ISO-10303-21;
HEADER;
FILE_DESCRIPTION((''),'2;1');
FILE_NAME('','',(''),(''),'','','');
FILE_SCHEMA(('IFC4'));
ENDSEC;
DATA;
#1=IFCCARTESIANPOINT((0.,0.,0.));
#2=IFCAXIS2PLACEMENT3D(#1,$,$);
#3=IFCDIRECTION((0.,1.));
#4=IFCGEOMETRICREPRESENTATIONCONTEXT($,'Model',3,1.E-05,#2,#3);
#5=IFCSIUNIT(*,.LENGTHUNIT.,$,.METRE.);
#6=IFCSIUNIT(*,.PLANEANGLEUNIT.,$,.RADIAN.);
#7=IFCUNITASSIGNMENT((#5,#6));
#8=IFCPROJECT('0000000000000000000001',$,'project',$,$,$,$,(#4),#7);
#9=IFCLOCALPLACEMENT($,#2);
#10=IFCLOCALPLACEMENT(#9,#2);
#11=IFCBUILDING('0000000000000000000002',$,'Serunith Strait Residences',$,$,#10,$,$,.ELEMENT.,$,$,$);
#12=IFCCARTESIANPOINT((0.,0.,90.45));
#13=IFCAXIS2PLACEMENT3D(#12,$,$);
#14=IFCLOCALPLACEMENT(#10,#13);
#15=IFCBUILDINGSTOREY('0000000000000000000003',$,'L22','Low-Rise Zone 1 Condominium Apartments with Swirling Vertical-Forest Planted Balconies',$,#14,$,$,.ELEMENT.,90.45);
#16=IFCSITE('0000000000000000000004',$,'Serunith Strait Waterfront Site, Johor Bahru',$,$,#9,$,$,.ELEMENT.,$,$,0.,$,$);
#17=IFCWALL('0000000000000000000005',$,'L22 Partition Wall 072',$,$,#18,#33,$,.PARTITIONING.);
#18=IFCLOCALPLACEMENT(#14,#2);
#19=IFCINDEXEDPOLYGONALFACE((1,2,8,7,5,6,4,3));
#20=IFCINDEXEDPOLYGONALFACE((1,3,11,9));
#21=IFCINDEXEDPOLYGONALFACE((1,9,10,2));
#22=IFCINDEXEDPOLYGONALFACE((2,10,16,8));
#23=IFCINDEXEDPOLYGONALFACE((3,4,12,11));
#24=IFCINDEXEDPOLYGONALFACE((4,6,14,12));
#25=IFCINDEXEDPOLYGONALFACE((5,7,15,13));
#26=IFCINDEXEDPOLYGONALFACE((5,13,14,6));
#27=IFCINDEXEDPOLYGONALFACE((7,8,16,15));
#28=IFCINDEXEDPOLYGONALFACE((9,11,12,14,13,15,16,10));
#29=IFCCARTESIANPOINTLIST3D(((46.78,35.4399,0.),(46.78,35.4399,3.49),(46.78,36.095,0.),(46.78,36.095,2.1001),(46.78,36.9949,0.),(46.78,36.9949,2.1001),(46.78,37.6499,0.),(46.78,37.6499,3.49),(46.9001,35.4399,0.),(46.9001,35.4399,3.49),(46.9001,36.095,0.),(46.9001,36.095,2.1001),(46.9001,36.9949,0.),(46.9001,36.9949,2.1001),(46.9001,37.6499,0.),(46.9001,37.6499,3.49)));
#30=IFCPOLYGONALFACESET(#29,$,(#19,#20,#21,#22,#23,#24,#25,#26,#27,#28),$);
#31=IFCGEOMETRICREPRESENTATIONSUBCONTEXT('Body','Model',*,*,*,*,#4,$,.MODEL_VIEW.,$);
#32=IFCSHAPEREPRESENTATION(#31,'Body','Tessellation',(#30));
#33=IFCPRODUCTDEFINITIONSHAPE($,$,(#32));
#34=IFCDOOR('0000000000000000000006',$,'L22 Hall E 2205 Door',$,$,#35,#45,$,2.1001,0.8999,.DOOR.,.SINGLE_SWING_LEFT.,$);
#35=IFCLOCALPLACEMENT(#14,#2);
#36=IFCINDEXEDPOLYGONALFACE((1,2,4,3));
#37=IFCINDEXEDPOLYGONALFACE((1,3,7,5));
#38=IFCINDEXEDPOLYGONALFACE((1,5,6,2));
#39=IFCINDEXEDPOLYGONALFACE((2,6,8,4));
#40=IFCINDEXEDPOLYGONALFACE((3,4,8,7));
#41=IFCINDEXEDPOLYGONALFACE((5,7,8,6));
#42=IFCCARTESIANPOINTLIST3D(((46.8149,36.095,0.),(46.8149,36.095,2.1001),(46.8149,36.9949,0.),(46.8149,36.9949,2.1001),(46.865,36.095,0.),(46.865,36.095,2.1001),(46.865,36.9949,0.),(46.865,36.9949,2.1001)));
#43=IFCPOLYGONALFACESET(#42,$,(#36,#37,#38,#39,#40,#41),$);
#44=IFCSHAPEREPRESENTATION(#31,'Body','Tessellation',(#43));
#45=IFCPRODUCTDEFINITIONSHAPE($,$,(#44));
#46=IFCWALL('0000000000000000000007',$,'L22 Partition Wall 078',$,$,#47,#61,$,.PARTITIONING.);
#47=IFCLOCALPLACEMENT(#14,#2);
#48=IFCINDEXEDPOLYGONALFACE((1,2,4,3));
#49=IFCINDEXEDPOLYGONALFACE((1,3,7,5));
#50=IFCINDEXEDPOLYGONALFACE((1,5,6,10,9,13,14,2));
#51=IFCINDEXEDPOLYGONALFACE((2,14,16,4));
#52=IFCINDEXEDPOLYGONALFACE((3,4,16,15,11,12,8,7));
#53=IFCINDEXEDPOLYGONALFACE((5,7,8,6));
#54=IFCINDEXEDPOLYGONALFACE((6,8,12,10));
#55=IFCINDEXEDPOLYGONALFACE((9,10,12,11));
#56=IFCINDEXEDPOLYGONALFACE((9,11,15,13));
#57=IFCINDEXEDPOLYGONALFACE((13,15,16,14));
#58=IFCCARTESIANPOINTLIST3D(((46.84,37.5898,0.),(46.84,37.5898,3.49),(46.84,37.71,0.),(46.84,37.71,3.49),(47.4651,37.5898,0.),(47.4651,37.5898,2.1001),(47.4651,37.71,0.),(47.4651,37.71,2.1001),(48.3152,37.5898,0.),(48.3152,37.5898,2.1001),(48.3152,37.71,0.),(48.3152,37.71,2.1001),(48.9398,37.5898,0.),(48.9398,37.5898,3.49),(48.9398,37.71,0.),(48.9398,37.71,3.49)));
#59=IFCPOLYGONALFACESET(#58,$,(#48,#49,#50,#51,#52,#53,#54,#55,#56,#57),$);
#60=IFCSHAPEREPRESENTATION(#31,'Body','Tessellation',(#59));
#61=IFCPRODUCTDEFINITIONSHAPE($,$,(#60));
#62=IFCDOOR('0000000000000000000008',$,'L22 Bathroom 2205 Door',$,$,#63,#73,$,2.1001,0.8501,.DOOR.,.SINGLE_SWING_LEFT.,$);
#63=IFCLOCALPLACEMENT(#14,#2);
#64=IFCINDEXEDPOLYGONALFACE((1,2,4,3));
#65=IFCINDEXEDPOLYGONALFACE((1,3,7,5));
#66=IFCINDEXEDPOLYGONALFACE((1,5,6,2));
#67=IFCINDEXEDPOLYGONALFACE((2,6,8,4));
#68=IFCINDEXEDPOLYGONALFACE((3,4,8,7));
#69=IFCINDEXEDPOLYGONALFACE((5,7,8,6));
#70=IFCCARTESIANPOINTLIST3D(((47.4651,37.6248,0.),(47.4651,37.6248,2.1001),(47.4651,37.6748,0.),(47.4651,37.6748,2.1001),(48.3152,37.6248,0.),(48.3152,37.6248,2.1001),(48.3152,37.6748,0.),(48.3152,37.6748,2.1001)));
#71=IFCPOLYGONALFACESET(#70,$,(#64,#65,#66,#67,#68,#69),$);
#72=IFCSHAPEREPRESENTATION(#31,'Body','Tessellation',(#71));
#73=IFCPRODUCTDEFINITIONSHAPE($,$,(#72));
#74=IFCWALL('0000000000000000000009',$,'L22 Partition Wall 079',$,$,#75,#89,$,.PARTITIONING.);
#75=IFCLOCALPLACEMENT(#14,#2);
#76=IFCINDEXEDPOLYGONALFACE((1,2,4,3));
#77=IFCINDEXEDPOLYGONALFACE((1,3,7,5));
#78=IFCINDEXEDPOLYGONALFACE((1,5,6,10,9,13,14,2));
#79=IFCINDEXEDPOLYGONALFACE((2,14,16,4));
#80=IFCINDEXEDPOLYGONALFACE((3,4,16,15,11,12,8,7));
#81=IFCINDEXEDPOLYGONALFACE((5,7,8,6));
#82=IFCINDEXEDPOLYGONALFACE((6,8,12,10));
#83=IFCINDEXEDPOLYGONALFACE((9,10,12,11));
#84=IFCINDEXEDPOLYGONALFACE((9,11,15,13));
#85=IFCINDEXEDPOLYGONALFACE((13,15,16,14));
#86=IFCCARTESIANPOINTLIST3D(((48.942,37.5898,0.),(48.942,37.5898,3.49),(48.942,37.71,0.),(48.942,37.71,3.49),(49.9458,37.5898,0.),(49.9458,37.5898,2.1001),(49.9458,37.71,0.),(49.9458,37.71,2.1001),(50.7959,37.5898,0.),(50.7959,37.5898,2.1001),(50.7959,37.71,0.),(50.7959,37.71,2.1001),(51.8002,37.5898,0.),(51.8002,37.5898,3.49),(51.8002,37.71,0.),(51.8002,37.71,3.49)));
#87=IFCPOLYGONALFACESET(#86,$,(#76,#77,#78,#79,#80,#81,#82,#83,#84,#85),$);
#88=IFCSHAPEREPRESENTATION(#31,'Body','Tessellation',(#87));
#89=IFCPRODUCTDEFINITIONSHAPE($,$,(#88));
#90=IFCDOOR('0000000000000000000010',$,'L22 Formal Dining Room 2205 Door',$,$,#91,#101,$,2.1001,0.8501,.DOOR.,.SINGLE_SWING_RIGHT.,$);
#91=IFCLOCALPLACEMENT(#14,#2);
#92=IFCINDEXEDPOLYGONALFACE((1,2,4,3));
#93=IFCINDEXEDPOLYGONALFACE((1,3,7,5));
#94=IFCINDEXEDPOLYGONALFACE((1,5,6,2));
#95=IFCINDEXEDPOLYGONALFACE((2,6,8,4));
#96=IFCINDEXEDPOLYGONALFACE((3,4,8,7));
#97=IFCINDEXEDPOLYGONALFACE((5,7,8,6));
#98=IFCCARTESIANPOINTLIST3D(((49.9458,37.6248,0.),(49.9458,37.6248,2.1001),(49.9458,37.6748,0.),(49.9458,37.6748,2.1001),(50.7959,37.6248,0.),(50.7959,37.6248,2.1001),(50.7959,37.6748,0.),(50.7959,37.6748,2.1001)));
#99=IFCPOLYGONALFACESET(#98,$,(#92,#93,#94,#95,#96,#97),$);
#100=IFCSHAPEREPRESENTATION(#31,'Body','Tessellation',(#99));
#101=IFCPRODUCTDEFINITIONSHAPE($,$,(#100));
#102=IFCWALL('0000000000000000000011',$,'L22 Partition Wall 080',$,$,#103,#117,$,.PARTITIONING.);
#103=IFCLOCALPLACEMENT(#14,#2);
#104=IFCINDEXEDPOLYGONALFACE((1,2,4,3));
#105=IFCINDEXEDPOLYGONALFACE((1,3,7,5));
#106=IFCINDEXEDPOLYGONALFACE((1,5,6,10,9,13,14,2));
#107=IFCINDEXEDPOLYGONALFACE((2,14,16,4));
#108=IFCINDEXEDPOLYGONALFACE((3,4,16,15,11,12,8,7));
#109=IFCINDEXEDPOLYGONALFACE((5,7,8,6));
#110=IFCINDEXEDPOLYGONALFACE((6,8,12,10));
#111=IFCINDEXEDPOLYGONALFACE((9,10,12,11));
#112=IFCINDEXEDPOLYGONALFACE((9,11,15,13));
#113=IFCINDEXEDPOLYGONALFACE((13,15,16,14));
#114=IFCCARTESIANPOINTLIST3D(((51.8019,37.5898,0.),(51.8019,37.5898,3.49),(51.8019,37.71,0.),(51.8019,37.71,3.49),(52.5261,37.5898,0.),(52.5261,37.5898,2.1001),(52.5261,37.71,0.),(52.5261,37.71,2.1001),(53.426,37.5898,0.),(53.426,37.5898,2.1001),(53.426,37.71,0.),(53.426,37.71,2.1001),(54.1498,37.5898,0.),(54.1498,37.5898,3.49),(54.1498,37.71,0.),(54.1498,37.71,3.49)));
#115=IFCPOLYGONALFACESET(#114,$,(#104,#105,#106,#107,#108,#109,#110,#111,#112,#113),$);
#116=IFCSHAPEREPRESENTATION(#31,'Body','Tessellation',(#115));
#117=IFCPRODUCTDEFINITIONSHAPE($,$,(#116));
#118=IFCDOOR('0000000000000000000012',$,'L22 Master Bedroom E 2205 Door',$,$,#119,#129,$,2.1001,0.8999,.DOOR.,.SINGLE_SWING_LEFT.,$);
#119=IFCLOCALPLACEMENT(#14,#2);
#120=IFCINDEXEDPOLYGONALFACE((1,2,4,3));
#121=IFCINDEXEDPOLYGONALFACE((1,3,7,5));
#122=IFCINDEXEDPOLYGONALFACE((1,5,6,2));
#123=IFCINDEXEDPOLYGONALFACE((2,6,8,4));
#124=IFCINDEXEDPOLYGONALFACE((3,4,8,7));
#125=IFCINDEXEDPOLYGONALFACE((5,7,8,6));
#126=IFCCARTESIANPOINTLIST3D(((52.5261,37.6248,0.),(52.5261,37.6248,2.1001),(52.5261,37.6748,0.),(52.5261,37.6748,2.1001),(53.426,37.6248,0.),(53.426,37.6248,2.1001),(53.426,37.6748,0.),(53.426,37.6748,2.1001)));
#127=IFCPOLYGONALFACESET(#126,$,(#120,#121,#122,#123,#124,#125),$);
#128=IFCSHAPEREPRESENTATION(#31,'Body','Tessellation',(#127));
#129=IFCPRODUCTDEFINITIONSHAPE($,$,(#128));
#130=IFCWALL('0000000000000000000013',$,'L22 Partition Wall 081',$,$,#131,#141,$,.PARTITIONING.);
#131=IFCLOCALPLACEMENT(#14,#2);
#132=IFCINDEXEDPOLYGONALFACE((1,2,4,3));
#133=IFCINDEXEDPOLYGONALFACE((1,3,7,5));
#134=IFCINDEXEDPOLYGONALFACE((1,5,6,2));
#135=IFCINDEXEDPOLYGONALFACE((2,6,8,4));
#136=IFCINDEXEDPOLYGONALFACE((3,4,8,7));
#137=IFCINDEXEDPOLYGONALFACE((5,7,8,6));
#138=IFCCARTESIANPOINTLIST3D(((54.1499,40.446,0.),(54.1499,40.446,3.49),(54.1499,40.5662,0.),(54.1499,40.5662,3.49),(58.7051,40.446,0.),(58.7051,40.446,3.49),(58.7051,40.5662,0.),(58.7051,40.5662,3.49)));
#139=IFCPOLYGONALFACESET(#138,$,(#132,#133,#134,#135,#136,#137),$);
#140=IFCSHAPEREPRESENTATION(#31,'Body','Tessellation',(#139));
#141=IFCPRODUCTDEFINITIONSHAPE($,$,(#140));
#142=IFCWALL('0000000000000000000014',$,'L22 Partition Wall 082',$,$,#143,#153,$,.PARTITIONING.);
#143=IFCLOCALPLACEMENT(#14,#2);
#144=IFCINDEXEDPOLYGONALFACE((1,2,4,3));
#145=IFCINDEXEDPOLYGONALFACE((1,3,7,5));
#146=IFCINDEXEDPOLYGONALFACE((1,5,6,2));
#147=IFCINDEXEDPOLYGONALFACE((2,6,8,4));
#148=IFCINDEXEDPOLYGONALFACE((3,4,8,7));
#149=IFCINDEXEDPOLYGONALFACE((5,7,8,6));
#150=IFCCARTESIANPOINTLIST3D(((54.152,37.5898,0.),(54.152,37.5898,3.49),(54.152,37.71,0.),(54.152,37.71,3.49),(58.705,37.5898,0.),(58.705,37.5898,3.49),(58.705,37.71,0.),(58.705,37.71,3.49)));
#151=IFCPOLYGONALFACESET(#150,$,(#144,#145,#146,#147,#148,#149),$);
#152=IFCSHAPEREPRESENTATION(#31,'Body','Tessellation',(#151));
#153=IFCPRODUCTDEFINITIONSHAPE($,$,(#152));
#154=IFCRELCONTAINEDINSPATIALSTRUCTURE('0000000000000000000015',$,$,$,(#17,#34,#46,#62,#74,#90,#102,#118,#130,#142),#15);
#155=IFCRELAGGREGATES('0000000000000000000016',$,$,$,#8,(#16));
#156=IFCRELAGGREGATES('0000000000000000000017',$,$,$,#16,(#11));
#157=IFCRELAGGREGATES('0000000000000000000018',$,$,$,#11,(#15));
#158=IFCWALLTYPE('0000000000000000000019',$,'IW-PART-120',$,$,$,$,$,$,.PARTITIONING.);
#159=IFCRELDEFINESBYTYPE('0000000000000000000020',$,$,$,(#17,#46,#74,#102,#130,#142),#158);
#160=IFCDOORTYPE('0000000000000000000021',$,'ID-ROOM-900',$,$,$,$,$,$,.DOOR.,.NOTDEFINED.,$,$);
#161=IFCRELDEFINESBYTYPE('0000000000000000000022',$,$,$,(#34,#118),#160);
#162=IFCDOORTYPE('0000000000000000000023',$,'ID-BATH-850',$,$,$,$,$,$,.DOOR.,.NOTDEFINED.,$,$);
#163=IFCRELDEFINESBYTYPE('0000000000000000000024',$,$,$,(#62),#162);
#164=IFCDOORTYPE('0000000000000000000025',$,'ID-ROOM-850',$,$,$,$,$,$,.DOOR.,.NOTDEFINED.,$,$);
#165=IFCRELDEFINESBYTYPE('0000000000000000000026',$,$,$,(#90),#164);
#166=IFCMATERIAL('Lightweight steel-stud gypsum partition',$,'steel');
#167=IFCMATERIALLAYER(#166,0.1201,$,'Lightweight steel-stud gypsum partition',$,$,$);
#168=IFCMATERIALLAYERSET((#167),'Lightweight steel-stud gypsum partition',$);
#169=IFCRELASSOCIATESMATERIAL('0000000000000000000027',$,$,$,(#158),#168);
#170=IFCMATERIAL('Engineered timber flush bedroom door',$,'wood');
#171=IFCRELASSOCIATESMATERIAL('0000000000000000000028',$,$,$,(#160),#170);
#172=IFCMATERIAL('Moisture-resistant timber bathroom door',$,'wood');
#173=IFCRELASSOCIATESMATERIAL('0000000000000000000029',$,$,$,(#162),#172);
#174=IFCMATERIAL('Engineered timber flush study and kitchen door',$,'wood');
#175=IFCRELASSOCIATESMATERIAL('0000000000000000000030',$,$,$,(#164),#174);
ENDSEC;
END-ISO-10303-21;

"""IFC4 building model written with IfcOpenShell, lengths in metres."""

from ifc_helpers import new_model, si_unit, direction, frame, frame_2d, origin, place, context, subcontext, project, spatial, rectangle, extrude, source, transform, mapped, material, layer, layer_set, type_object, element, fill, save


model = new_model("IFC4")

# Units and contexts
model_context = context("Model", 3, precision=1e-05, world=origin(), true_north=direction((0.0, 1.0)))
body_context = subcontext(model_context, "Body", "Model", "MODEL_VIEW")
ifc_project = project(units=[si_unit("LENGTHUNIT", "METRE"), si_unit("PLANEANGLEUNIT", "RADIAN")], contexts=[model_context])

# Site, building, storey
site_placement = place(None, origin())
site = spatial("IfcSite", under=ifc_project, at=site_placement, Name="Serunith Strait Waterfront Site, Johor Bahru", CompositionType="ELEMENT", RefElevation=0.0)
building_placement = place(site_placement, origin())
building = spatial("IfcBuilding", under=site, at=building_placement, Name="Serunith Strait Residences", CompositionType="ELEMENT")
storey_placement = place(building_placement, frame((0.0, 0.0, 90.45)))
storey = spatial("IfcBuildingStorey", under=building, at=storey_placement, Name="L22", Description="Low-Rise Zone 1 Condominium Apartments with Swirling Vertical-Forest Planted Balconies", CompositionType="ELEMENT", Elevation=90.45)

# Walls, openings, doors
ifc_material_1 = material(Name="Lightweight steel-stud gypsum partition", Category="steel")
ifc_layer_1 = layer(ifc_material_1, 0.1201, Name="Lightweight steel-stud gypsum partition")
ifc_layer_set_1 = layer_set([ifc_layer_1], Name="Lightweight steel-stud gypsum partition")
wall_type = type_object("IfcWallType", Name="IW-PART-120", PredefinedType="PARTITIONING", material=ifc_layer_set_1)
wall_1_placement = place(storey_placement, frame((46.8401, 37.6499, 0.0), z_axis=(0.0, 0.0, 1.0), x_axis=(0.0, -1.0, 0.0)))
wall_1 = element("IfcWall", 1, at=wall_1_placement, inside=storey, type_object=wall_type, Name="L22 Partition Wall 072", PredefinedType="PARTITIONING", context=body_context, shape_type="SweptSolid", body=[
    extrude(rectangle(XDim=2.21, YDim=0.1201, at=frame_2d((1.105, 0.0))), origin(), (0.0, 0.0, 1.0), 3.49),
])
opening_1_placement = place(wall_1_placement, frame((0.655, 0.0, 0.0)))
opening_1 = element("IfcOpeningElement", 2, at=opening_1_placement, cuts=wall_1, PredefinedType="OPENING", context=body_context, shape_type="SweptSolid", body=[
    extrude(rectangle(XDim=0.8999, YDim=2.1001, at=frame_2d((0.45, 1.05))), frame((0.0, 0.0701, 0.0), z_axis=(0.0, -1.0, 0.0), x_axis=(1.0, 0.0, 0.0)), (0.0, 0.0, 1.0), 0.1401),
])
ifc_material_2 = material(Name="Engineered timber flush bedroom door", Category="wood")
door_type_1 = type_object("IfcDoorType", Name="ID-ROOM-900", OperationType="NOTDEFINED", PredefinedType="DOOR", material=ifc_material_2)
shared_shape_1 = source(origin(), body_context, "Body", "SweptSolid", [
    extrude(rectangle(XDim=0.8999, YDim=2.1001, at=frame_2d((0.45, 1.05))), frame((0.0, 0.0249, 0.0), z_axis=(0.0, -1.0, 0.0), x_axis=(1.0, 0.0, 0.0)), (0.0, 0.0, 1.0), 0.05),
])
door_1_placement = place(opening_1_placement, origin())
door_1 = element("IfcDoor", 3, at=door_1_placement, inside=storey, type_object=door_type_1, Name="L22 Hall E 2205 Door", OperationType="SINGLE_SWING_LEFT", OverallHeight=2.1001, OverallWidth=0.8999, PredefinedType="DOOR", context=body_context, shape_type="MappedRepresentation", body=[
    mapped(shared_shape_1, transform((0.0, 0.0, 0.0), scale=1.0)),
])
fill(opening_1, door_1)
wall_2_placement = place(storey_placement, frame((46.8401, 37.6499, 0.0), z_axis=(0.0, 0.0, 1.0), x_axis=(1.0, 0.0, 0.0)))
wall_2 = element("IfcWall", 4, at=wall_2_placement, inside=storey, type_object=wall_type, Name="L22 Partition Wall 078", PredefinedType="PARTITIONING", context=body_context, shape_type="SweptSolid", body=[
    extrude(rectangle(XDim=2.0999, YDim=0.1201, at=frame_2d((1.0498, 0.0))), origin(), (0.0, 0.0, 1.0), 3.49),
])
opening_2_placement = place(wall_2_placement, frame((0.625, 0.0, 0.0)))
opening_2 = element("IfcOpeningElement", 5, at=opening_2_placement, cuts=wall_2, PredefinedType="OPENING", context=body_context, shape_type="SweptSolid", body=[
    extrude(rectangle(XDim=0.8501, YDim=2.1001, at=frame_2d((0.425, 1.05))), frame((0.0, 0.0701, 0.0), z_axis=(0.0, -1.0, 0.0), x_axis=(1.0, 0.0, 0.0)), (0.0, 0.0, 1.0), 0.1401),
])
ifc_material_3 = material(Name="Moisture-resistant timber bathroom door", Category="wood")
door_type_2 = type_object("IfcDoorType", Name="ID-BATH-850", OperationType="NOTDEFINED", PredefinedType="DOOR", material=ifc_material_3)
shared_shape_2 = source(origin(), body_context, "Body", "SweptSolid", [
    extrude(rectangle(XDim=0.8501, YDim=2.1001, at=frame_2d((0.425, 1.05))), frame((0.0, 0.0249, 0.0), z_axis=(0.0, -1.0, 0.0), x_axis=(1.0, 0.0, 0.0)), (0.0, 0.0, 1.0), 0.05),
])
door_2_placement = place(opening_2_placement, origin())
door_2 = element("IfcDoor", 6, at=door_2_placement, inside=storey, type_object=door_type_2, Name="L22 Bathroom 2205 Door", OperationType="SINGLE_SWING_LEFT", OverallHeight=2.1001, OverallWidth=0.8501, PredefinedType="DOOR", context=body_context, shape_type="MappedRepresentation", body=[
    mapped(shared_shape_2, transform((0.0, 0.0, 0.0), scale=1.0)),
])
fill(opening_2, door_2)
wall_3_placement = place(storey_placement, frame((48.9419, 37.6499, 0.0), z_axis=(0.0, 0.0, 1.0), x_axis=(1.0, 0.0, 0.0)))
wall_3 = element("IfcWall", 7, at=wall_3_placement, inside=storey, type_object=wall_type, Name="L22 Partition Wall 079", PredefinedType="PARTITIONING", context=body_context, shape_type="SweptSolid", body=[
    extrude(rectangle(XDim=2.8582, YDim=0.1201, at=frame_2d((1.4292, 0.0))), origin(), (0.0, 0.0, 1.0), 3.49),
])
opening_3_placement = place(wall_3_placement, frame((1.0039, 0.0, 0.0)))
opening_3 = element("IfcOpeningElement", 8, at=opening_3_placement, cuts=wall_3, PredefinedType="OPENING", context=body_context, shape_type="SweptSolid", body=[
    extrude(rectangle(XDim=0.8501, YDim=2.1001, at=frame_2d((0.425, 1.05))), frame((0.0, 0.0701, 0.0), z_axis=(0.0, -1.0, 0.0), x_axis=(1.0, 0.0, 0.0)), (0.0, 0.0, 1.0), 0.1401),
])
ifc_material_4 = material(Name="Engineered timber flush study and kitchen door", Category="wood")
door_type_3 = type_object("IfcDoorType", Name="ID-ROOM-850", OperationType="NOTDEFINED", PredefinedType="DOOR", material=ifc_material_4)
door_3_placement = place(opening_3_placement, origin())
door_3 = element("IfcDoor", 9, at=door_3_placement, inside=storey, type_object=door_type_3, Name="L22 Formal Dining Room 2205 Door", OperationType="SINGLE_SWING_RIGHT", OverallHeight=2.1001, OverallWidth=0.8501, PredefinedType="DOOR", context=body_context, shape_type="MappedRepresentation", body=[
    mapped(shared_shape_2, transform((0.0, 0.0, 0.0), scale=1.0)),
])
fill(opening_3, door_3)
wall_4_placement = place(storey_placement, frame((51.802, 37.6499, 0.0), z_axis=(0.0, 0.0, 1.0), x_axis=(1.0, 0.0, 0.0)))
wall_4 = element("IfcWall", 10, at=wall_4_placement, inside=storey, type_object=wall_type, Name="L22 Partition Wall 080", PredefinedType="PARTITIONING", context=body_context, shape_type="SweptSolid", body=[
    extrude(rectangle(XDim=2.3479, YDim=0.1201, at=frame_2d((1.1738, 0.0))), origin(), (0.0, 0.0, 1.0), 3.49),
])
opening_4_placement = place(wall_4_placement, frame((0.7241, 0.0, 0.0)))
opening_4 = element("IfcOpeningElement", 11, at=opening_4_placement, cuts=wall_4, PredefinedType="OPENING", context=body_context, shape_type="SweptSolid", body=[
    extrude(rectangle(XDim=0.8999, YDim=2.1001, at=frame_2d((0.45, 1.05))), frame((0.0, 0.0701, 0.0), z_axis=(0.0, -1.0, 0.0), x_axis=(1.0, 0.0, 0.0)), (0.0, 0.0, 1.0), 0.1401),
])
door_4_placement = place(opening_4_placement, origin())
door_4 = element("IfcDoor", 12, at=door_4_placement, inside=storey, type_object=door_type_1, Name="L22 Master Bedroom E 2205 Door", OperationType="SINGLE_SWING_LEFT", OverallHeight=2.1001, OverallWidth=0.8999, PredefinedType="DOOR", context=body_context, shape_type="MappedRepresentation", body=[
    mapped(shared_shape_1, transform((0.0, 0.0, 0.0), scale=1.0)),
])
fill(opening_4, door_4)

# Walls
wall_5_placement = place(storey_placement, frame((54.1499, 40.5061, 0.0), z_axis=(0.0, 0.0, 1.0), x_axis=(1.0, 0.0, 0.0)))
element("IfcWall", 13, at=wall_5_placement, inside=storey, type_object=wall_type, Name="L22 Partition Wall 081", PredefinedType="PARTITIONING", context=body_context, shape_type="SweptSolid", body=[
    extrude(rectangle(XDim=4.5552, YDim=0.1201, at=frame_2d((2.2776, 0.0))), origin(), (0.0, 0.0, 1.0), 3.49),
])
wall_6_placement = place(storey_placement, frame((54.1521, 37.6499, 0.0), z_axis=(0.0, 0.0, 1.0), x_axis=(1.0, 0.0, 0.0)))
element("IfcWall", 14, at=wall_6_placement, inside=storey, type_object=wall_type, Name="L22 Partition Wall 082", PredefinedType="PARTITIONING", context=body_context, shape_type="SweptSolid", body=[
    extrude(rectangle(XDim=4.553, YDim=0.1201, at=frame_2d((2.2764, 0.0))), origin(), (0.0, 0.0, 1.0), 3.49),
])

save(model, "model.ifc")
